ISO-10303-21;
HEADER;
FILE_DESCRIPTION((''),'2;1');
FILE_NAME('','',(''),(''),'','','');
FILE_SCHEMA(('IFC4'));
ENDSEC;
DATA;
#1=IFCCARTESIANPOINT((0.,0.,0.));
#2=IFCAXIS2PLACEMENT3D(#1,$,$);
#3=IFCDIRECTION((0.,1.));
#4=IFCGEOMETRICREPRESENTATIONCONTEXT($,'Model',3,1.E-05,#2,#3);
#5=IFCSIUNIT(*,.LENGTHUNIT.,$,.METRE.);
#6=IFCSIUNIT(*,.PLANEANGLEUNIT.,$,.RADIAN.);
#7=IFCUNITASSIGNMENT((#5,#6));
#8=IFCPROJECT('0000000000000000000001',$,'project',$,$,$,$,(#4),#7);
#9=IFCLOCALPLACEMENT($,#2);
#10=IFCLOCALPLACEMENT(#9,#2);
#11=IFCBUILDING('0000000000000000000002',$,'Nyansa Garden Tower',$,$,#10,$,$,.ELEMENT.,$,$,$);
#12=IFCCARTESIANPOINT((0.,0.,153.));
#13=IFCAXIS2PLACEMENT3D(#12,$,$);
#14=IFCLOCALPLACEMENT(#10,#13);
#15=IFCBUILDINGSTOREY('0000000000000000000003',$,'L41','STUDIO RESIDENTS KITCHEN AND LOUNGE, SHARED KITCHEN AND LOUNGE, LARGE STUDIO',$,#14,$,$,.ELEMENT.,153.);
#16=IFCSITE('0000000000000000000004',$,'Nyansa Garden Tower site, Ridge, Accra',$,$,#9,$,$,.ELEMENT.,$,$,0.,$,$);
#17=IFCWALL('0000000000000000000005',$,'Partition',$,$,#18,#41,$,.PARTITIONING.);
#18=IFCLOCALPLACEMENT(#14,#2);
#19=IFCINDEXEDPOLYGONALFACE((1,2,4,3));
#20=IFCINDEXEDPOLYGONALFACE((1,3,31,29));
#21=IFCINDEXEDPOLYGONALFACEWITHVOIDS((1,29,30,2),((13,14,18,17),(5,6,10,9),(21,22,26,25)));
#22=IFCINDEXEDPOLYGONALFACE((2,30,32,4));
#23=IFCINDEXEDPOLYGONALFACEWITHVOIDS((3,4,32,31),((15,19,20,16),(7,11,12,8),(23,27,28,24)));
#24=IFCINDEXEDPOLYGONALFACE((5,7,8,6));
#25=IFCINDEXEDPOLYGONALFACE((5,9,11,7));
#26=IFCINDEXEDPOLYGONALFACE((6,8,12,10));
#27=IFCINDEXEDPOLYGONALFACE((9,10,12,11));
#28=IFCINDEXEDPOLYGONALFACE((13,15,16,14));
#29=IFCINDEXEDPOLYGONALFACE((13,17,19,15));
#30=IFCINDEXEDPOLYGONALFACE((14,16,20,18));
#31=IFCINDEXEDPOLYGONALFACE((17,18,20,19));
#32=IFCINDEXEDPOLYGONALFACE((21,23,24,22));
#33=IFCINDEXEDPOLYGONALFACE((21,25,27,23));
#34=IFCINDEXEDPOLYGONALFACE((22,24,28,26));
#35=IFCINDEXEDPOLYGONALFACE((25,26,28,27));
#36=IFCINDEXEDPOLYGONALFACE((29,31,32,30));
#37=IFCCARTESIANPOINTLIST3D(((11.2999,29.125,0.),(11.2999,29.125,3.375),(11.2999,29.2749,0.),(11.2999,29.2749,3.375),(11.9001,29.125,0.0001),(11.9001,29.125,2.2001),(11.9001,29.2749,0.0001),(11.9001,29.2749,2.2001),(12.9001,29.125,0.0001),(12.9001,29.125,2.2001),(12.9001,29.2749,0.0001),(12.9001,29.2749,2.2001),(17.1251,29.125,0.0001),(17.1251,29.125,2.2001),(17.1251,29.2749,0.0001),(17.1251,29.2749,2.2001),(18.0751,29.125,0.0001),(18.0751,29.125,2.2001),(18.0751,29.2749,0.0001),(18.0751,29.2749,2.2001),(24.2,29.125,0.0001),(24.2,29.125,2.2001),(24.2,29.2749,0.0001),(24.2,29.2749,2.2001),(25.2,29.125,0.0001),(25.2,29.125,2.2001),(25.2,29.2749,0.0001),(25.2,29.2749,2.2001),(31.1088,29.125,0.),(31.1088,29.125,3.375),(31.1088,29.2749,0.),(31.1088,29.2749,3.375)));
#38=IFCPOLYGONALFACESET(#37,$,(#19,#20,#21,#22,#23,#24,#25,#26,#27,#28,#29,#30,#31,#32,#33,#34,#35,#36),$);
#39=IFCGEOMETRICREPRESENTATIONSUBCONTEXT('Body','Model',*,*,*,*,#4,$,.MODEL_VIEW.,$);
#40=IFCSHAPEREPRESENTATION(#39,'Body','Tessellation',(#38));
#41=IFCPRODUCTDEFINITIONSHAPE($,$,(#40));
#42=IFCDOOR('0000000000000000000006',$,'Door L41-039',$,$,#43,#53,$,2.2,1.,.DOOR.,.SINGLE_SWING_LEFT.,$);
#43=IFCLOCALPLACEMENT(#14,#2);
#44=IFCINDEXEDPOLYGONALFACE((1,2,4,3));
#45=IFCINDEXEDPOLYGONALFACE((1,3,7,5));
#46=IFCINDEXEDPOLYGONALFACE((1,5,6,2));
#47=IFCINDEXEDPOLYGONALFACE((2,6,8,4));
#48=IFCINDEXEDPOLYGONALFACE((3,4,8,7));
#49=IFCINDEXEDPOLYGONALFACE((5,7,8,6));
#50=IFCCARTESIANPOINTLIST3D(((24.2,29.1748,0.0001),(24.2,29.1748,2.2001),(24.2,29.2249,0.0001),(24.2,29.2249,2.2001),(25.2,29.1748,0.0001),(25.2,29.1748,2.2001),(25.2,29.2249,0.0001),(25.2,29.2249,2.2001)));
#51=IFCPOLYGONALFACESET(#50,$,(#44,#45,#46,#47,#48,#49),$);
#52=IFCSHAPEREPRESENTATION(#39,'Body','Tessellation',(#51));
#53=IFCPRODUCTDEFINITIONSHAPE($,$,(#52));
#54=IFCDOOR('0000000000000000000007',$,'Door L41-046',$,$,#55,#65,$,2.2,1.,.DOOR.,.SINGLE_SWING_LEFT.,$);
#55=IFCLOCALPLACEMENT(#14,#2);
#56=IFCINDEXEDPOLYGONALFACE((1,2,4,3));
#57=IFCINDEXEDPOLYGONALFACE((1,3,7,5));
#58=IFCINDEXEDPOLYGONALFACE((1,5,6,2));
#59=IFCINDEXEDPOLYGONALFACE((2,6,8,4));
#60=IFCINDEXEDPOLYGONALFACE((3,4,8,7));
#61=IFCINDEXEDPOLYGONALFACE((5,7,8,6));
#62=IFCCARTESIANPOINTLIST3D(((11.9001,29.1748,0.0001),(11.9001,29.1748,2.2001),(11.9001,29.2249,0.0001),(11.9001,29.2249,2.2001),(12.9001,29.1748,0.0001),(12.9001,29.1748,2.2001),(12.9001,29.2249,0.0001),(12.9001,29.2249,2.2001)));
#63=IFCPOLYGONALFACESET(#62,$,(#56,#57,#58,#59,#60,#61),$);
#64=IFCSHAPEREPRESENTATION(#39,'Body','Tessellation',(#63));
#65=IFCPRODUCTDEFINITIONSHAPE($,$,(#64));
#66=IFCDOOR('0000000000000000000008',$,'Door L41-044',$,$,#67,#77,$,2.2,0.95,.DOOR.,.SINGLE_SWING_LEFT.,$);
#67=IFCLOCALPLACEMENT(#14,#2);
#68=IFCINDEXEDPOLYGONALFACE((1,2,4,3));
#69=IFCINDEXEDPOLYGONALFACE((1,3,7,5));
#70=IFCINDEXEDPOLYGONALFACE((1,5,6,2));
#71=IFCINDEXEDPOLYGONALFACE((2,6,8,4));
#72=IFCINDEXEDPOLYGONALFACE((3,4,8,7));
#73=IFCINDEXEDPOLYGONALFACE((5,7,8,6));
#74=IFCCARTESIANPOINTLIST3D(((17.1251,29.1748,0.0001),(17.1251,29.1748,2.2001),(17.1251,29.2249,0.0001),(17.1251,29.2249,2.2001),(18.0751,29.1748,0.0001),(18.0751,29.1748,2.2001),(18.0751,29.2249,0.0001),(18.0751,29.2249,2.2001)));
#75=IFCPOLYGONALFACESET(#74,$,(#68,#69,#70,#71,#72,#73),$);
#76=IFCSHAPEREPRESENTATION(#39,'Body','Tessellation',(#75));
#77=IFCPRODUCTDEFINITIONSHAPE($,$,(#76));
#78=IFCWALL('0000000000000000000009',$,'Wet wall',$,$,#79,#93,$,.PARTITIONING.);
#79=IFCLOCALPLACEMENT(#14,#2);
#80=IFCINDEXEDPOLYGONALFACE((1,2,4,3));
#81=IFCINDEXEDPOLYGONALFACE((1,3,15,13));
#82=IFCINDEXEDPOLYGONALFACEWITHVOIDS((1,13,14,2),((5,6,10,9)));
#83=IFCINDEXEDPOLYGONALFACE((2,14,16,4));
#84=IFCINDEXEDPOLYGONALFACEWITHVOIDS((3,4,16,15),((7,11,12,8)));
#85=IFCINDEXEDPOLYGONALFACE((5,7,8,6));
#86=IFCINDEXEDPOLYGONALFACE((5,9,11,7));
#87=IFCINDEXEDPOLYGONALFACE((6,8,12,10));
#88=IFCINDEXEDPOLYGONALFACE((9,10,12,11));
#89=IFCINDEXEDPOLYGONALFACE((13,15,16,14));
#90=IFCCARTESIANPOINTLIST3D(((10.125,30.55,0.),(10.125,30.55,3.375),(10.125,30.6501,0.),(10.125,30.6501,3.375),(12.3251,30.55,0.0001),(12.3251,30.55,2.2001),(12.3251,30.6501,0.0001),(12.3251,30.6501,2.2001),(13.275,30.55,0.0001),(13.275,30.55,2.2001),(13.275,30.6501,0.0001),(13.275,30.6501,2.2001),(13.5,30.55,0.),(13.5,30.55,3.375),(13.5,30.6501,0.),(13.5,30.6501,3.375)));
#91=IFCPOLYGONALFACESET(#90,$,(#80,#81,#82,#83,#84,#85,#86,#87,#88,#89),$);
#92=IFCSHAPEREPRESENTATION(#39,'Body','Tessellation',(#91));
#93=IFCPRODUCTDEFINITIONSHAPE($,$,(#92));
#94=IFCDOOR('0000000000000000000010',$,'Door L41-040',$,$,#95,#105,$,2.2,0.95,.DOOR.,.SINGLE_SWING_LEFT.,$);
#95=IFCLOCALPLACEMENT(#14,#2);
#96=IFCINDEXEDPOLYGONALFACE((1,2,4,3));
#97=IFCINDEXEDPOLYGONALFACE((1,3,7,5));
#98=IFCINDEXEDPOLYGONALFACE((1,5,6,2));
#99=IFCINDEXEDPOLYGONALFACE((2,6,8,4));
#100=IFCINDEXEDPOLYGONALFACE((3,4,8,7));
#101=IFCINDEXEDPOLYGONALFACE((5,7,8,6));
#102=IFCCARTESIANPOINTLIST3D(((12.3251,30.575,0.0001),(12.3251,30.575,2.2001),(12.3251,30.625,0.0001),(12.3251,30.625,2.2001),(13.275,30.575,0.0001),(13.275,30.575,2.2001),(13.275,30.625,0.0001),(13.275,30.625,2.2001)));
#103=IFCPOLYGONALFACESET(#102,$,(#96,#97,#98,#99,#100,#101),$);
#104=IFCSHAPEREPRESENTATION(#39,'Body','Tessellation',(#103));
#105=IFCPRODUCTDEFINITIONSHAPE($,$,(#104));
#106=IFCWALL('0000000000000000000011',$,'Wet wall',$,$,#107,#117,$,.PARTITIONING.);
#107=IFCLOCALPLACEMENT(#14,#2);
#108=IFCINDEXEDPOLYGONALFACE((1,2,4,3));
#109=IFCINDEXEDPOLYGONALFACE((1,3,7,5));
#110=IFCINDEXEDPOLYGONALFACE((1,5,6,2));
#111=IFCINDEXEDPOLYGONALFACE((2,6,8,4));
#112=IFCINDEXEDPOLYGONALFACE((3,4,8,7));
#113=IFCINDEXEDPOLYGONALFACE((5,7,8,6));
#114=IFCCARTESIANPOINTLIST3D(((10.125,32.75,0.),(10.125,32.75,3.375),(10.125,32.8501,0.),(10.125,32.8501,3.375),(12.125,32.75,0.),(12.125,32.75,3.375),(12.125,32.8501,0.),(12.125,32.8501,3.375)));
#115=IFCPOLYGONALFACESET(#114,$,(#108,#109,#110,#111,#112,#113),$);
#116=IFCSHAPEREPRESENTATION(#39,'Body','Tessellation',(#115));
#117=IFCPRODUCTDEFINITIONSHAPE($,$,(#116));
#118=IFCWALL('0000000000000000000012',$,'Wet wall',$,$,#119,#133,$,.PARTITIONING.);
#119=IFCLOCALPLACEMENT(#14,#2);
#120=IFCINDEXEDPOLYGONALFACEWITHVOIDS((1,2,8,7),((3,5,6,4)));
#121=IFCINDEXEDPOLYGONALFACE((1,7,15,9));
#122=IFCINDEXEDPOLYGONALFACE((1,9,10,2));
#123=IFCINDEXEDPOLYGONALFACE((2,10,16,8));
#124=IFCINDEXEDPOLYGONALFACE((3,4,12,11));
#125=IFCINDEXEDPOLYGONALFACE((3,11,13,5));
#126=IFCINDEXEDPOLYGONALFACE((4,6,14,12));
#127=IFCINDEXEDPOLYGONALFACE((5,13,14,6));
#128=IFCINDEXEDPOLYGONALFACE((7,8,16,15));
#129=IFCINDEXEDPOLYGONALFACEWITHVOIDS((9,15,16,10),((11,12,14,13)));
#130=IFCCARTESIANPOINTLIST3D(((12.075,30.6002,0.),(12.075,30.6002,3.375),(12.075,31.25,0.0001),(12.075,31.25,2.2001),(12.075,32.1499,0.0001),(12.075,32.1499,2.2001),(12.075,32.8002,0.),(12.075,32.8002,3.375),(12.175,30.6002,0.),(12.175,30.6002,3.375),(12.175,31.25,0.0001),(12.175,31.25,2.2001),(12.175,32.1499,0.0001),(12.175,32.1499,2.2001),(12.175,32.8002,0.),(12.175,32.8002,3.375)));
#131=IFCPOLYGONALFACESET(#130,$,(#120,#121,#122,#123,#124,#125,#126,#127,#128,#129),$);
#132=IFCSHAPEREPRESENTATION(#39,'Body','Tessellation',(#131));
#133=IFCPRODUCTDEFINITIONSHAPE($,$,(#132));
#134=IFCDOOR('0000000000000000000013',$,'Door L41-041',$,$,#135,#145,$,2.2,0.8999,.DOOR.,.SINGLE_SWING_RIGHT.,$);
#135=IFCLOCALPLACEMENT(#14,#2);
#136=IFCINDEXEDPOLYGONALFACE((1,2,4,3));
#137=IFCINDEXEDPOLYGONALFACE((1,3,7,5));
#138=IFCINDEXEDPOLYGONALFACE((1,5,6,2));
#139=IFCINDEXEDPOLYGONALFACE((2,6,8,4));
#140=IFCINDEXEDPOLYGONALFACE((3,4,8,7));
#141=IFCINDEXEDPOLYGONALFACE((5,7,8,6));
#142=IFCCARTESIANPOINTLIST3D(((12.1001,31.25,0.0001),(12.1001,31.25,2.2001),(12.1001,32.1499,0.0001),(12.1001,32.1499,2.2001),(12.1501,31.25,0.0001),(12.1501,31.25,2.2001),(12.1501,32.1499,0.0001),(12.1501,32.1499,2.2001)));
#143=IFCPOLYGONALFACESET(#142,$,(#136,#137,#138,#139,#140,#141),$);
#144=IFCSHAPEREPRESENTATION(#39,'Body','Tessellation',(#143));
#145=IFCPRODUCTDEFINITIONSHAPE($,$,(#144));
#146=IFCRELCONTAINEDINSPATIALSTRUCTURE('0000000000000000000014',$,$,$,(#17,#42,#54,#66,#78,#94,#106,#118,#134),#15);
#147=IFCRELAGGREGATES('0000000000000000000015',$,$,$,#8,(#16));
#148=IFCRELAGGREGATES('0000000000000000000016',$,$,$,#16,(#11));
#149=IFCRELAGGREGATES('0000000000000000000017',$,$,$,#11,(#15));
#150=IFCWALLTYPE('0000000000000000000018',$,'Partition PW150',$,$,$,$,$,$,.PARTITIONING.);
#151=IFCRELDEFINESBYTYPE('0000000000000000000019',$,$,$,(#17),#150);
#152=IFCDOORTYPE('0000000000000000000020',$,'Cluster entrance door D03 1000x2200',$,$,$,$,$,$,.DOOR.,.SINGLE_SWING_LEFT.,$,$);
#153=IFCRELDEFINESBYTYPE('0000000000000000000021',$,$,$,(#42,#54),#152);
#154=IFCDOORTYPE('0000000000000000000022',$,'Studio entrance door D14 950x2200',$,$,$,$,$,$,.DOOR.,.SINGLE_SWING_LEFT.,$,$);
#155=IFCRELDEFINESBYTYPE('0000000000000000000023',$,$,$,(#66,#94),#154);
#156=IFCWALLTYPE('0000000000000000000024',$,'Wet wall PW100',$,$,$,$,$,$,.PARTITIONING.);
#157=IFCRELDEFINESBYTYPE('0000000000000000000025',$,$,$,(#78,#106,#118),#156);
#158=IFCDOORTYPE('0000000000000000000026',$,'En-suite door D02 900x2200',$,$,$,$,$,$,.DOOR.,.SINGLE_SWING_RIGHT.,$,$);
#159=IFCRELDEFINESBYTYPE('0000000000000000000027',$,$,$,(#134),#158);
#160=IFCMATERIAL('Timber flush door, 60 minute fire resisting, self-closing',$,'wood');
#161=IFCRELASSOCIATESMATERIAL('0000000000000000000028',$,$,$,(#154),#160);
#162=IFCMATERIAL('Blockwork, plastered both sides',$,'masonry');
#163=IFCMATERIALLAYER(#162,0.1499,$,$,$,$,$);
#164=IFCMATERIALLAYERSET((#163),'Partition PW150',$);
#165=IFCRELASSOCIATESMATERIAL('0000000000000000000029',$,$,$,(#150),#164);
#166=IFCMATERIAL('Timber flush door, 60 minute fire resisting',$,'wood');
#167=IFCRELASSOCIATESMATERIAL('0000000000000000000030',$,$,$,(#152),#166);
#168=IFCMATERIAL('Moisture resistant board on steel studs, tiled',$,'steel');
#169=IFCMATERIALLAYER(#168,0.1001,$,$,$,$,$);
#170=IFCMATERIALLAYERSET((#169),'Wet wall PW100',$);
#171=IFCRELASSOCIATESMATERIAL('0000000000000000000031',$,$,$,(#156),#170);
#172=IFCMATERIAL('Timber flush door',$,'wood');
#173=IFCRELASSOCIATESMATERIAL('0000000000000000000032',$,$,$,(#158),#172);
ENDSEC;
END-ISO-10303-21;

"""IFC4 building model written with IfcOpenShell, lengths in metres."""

from ifc_helpers import new_model, si_unit, direction, frame, frame_2d, origin, place, context, subcontext, project, spatial, rectangle, extrude, material, layer, layer_set, type_object, element, fill, save


model = new_model("IFC4")

# Units and contexts
model_context = context("Model", 3, precision=1e-05, world=origin(), true_north=direction((0.0, 1.0)))
body_context = subcontext(model_context, "Body", "Model", "MODEL_VIEW")
ifc_project = project(units=[si_unit("LENGTHUNIT", "METRE"), si_unit("PLANEANGLEUNIT", "RADIAN")], contexts=[model_context])

# Site, building, storey
site_placement = place(None, origin())
site = spatial("IfcSite", under=ifc_project, at=site_placement, Name="Nyansa Garden Tower site, Ridge, Accra", CompositionType="ELEMENT", RefElevation=0.0)
building_placement = place(site_placement, origin())
building = spatial("IfcBuilding", under=site, at=building_placement, Name="Nyansa Garden Tower", CompositionType="ELEMENT")
storey_placement = place(building_placement, frame((0.0, 0.0, 153.0)))
storey = spatial("IfcBuildingStorey", under=building, at=storey_placement, Name="L41", Description="STUDIO RESIDENTS KITCHEN AND LOUNGE, SHARED KITCHEN AND LOUNGE, LARGE STUDIO", CompositionType="ELEMENT", Elevation=153.0)

# Shared definitions
ifc_material_1 = material(Name="Timber flush door, 60 minute fire resisting, self-closing", Category="wood")
door_type_1 = type_object("IfcDoorType", Name="Studio entrance door D14 950x2200", OperationType="SINGLE_SWING_LEFT", PredefinedType="DOOR", material=ifc_material_1)

# Wall, openings, doors
ifc_material_2 = material(Name="Blockwork, plastered both sides", Category="masonry")
ifc_layer_1 = layer(ifc_material_2, 0.1499)
ifc_layer_set_1 = layer_set([ifc_layer_1], Name="Partition PW150")
wall_type_1 = type_object("IfcWallType", Name="Partition PW150", PredefinedType="PARTITIONING", material=ifc_layer_set_1)
wall_1_placement = place(storey_placement, frame((11.3, 29.2, 0.0), z_axis=(0.0, 0.0, 1.0), x_axis=(1.0, 0.0, 0.0)))
wall_1 = element("IfcWall", 1, at=wall_1_placement, inside=storey, type_object=wall_type_1, Name="Partition", PredefinedType="PARTITIONING", context=body_context, shape_type="SweptSolid", body=[
    extrude(rectangle(XDim=19.8088, YDim=0.1499, at=frame_2d((9.9043, 0.0))), origin(), (0.0, 0.0, 1.0), 3.375),
])
opening_1_placement = place(wall_1_placement, frame((12.8999, 0.0, 0.0)))
opening_1 = element("IfcOpeningElement", 2, at=opening_1_placement, cuts=wall_1, PredefinedType="OPENING", context=body_context, shape_type="SweptSolid", body=[
    extrude(rectangle(XDim=1.0, YDim=2.2, at=frame_2d((0.5, 1.1001))), frame((0.0, 0.085, 0.0), z_axis=(0.0, -1.0, 0.0), x_axis=(1.0, 0.0, 0.0)), (0.0, 0.0, 1.0), 0.1699),
])
opening_2_placement = place(wall_1_placement, frame((5.825, 0.0, 0.0)))
opening_2 = element("IfcOpeningElement", 3, at=opening_2_placement, cuts=wall_1, PredefinedType="OPENING", context=body_context, shape_type="SweptSolid", body=[
    extrude(rectangle(XDim=0.95, YDim=2.2, at=frame_2d((0.4751, 1.1001))), frame((0.0, 0.085, 0.0), z_axis=(0.0, -1.0, 0.0), x_axis=(1.0, 0.0, 0.0)), (0.0, 0.0, 1.0), 0.1699),
])
opening_3_placement = place(wall_1_placement, frame((0.6001, 0.0, 0.0)))
opening_3 = element("IfcOpeningElement", 4, at=opening_3_placement, cuts=wall_1, PredefinedType="OPENING", context=body_context, shape_type="SweptSolid", body=[
    extrude(rectangle(XDim=1.0, YDim=2.2, at=frame_2d((0.5, 1.1001))), frame((0.0, 0.085, 0.0), z_axis=(0.0, -1.0, 0.0), x_axis=(1.0, 0.0, 0.0)), (0.0, 0.0, 1.0), 0.1699),
])
ifc_material_3 = material(Name="Timber flush door, 60 minute fire resisting", Category="wood")
door_type_2 = type_object("IfcDoorType", Name="Cluster entrance door D03 1000x2200", OperationType="SINGLE_SWING_LEFT", PredefinedType="DOOR", material=ifc_material_3)
door_1_placement = place(opening_1_placement, origin())
door_1 = element("IfcDoor", 5, at=door_1_placement, inside=storey, type_object=door_type_2, Name="Door L41-039", OperationType="SINGLE_SWING_LEFT", OverallHeight=2.2, OverallWidth=1.0, PredefinedType="DOOR", context=body_context, shape_type="SweptSolid", body=[
    extrude(rectangle(XDim=1.0, YDim=2.2, at=frame_2d((0.5, 1.1001))), frame((0.0, 0.0249, 0.0), z_axis=(0.0, -1.0, 0.0), x_axis=(1.0, 0.0, 0.0)), (0.0, 0.0, 1.0), 0.05),
])
fill(opening_1, door_1)
door_2_placement = place(opening_3_placement, origin())
door_2 = element("IfcDoor", 6, at=door_2_placement, inside=storey, type_object=door_type_2, Name="Door L41-046", OperationType="SINGLE_SWING_LEFT", OverallHeight=2.2, OverallWidth=1.0, PredefinedType="DOOR", context=body_context, shape_type="SweptSolid", body=[
    extrude(rectangle(XDim=1.0, YDim=2.2, at=frame_2d((0.5, 1.1001))), frame((0.0, 0.0249, 0.0), z_axis=(0.0, -1.0, 0.0), x_axis=(1.0, 0.0, 0.0)), (0.0, 0.0, 1.0), 0.05),
])
fill(opening_3, door_2)
door_3_placement = place(opening_2_placement, origin())
door_3 = element("IfcDoor", 7, at=door_3_placement, inside=storey, type_object=door_type_1, Name="Door L41-044", OperationType="SINGLE_SWING_LEFT", OverallHeight=2.2, OverallWidth=0.95, PredefinedType="DOOR", context=body_context, shape_type="SweptSolid", body=[
    extrude(rectangle(XDim=0.95, YDim=2.2, at=frame_2d((0.4751, 1.1001))), frame((0.0, 0.0249, 0.0), z_axis=(0.0, -1.0, 0.0), x_axis=(1.0, 0.0, 0.0)), (0.0, 0.0, 1.0), 0.05),
])
fill(opening_2, door_3)

# Wall, opening, door
ifc_material_4 = material(Name="Moisture resistant board on steel studs, tiled", Category="steel")
ifc_layer_2 = layer(ifc_material_4, 0.1001)
ifc_layer_set_2 = layer_set([ifc_layer_2], Name="Wet wall PW100")
wall_type_2 = type_object("IfcWallType", Name="Wet wall PW100", PredefinedType="PARTITIONING", material=ifc_layer_set_2)
wall_2_placement = place(storey_placement, frame((10.125, 30.6001, 0.0), z_axis=(0.0, 0.0, 1.0), x_axis=(1.0, 0.0, 0.0)))
wall_2 = element("IfcWall", 8, at=wall_2_placement, inside=storey, type_object=wall_type_2, Name="Wet wall", PredefinedType="PARTITIONING", context=body_context, shape_type="SweptSolid", body=[
    extrude(rectangle(XDim=3.375, YDim=0.1001, at=frame_2d((1.6875, 0.0))), origin(), (0.0, 0.0, 1.0), 3.375),
])
opening_4_placement = place(wall_2_placement, frame((2.2, 0.0, 0.0)))
opening_4 = element("IfcOpeningElement", 9, at=opening_4_placement, cuts=wall_2, PredefinedType="OPENING", context=body_context, shape_type="SweptSolid", body=[
    extrude(rectangle(XDim=0.95, YDim=2.2, at=frame_2d((0.4751, 1.1001))), frame((0.0, 0.0601, 0.0), z_axis=(0.0, -1.0, 0.0), x_axis=(1.0, 0.0, 0.0)), (0.0, 0.0, 1.0), 0.1201),
])
door_4_placement = place(opening_4_placement, origin())
door_4 = element("IfcDoor", 10, at=door_4_placement, inside=storey, type_object=door_type_1, Name="Door L41-040", OperationType="SINGLE_SWING_LEFT", OverallHeight=2.2, OverallWidth=0.95, PredefinedType="DOOR", context=body_context, shape_type="SweptSolid", body=[
    extrude(rectangle(XDim=0.95, YDim=2.2, at=frame_2d((0.4751, 1.1001))), frame((0.0, 0.0249, 0.0), z_axis=(0.0, -1.0, 0.0), x_axis=(1.0, 0.0, 0.0)), (0.0, 0.0, 1.0), 0.05),
])
fill(opening_4, door_4)

# Wall
wall_3_placement = place(storey_placement, frame((10.125, 32.8, 0.0), z_axis=(0.0, 0.0, 1.0), x_axis=(1.0, 0.0, 0.0)))
element("IfcWall", 11, at=wall_3_placement, inside=storey, type_object=wall_type_2, Name="Wet wall", PredefinedType="PARTITIONING", context=body_context, shape_type="SweptSolid", body=[
    extrude(rectangle(XDim=2.0, YDim=0.1001, at=frame_2d((1.0, 0.0))), origin(), (0.0, 0.0, 1.0), 3.375),
])

# Wall, opening, door
wall_4_placement = place(storey_placement, frame((12.125, 30.6001, 0.0), z_axis=(0.0, 0.0, 1.0), x_axis=(0.0, 1.0, 0.0)))
wall_4 = element("IfcWall", 12, at=wall_4_placement, inside=storey, type_object=wall_type_2, Name="Wet wall", PredefinedType="PARTITIONING", context=body_context, shape_type="SweptSolid", body=[
    extrude(rectangle(XDim=2.2, YDim=0.1001, at=frame_2d((1.1001, 0.0))), origin(), (0.0, 0.0, 1.0), 3.375),
])
opening_5_placement = place(wall_4_placement, frame((0.6499, 0.0, 0.0)))
opening_5 = element("IfcOpeningElement", 13, at=opening_5_placement, cuts=wall_4, PredefinedType="OPENING", context=body_context, shape_type="SweptSolid", body=[
    extrude(rectangle(XDim=0.8999, YDim=2.2, at=frame_2d((0.45, 1.1001))), frame((0.0, 0.0601, 0.0), z_axis=(0.0, -1.0, 0.0), x_axis=(1.0, 0.0, 0.0)), (0.0, 0.0, 1.0), 0.1201),
])
ifc_material_5 = material(Name="Timber flush door", Category="wood")
door_type_3 = type_object("IfcDoorType", Name="En-suite door D02 900x2200", OperationType="SINGLE_SWING_RIGHT", PredefinedType="DOOR", material=ifc_material_5)
door_5_placement = place(opening_5_placement, origin())
door_5 = element("IfcDoor", 14, at=door_5_placement, inside=storey, type_object=door_type_3, Name="Door L41-041", OperationType="SINGLE_SWING_RIGHT", OverallHeight=2.2, OverallWidth=0.8999, PredefinedType="DOOR", context=body_context, shape_type="SweptSolid", body=[
    extrude(rectangle(XDim=0.8999, YDim=2.2, at=frame_2d((0.45, 1.1001))), frame((0.0, 0.0249, 0.0), z_axis=(0.0, -1.0, 0.0), x_axis=(1.0, 0.0, 0.0)), (0.0, 0.0, 1.0), 0.05),
])
fill(opening_5, door_5)

save(model, "model.ifc")
